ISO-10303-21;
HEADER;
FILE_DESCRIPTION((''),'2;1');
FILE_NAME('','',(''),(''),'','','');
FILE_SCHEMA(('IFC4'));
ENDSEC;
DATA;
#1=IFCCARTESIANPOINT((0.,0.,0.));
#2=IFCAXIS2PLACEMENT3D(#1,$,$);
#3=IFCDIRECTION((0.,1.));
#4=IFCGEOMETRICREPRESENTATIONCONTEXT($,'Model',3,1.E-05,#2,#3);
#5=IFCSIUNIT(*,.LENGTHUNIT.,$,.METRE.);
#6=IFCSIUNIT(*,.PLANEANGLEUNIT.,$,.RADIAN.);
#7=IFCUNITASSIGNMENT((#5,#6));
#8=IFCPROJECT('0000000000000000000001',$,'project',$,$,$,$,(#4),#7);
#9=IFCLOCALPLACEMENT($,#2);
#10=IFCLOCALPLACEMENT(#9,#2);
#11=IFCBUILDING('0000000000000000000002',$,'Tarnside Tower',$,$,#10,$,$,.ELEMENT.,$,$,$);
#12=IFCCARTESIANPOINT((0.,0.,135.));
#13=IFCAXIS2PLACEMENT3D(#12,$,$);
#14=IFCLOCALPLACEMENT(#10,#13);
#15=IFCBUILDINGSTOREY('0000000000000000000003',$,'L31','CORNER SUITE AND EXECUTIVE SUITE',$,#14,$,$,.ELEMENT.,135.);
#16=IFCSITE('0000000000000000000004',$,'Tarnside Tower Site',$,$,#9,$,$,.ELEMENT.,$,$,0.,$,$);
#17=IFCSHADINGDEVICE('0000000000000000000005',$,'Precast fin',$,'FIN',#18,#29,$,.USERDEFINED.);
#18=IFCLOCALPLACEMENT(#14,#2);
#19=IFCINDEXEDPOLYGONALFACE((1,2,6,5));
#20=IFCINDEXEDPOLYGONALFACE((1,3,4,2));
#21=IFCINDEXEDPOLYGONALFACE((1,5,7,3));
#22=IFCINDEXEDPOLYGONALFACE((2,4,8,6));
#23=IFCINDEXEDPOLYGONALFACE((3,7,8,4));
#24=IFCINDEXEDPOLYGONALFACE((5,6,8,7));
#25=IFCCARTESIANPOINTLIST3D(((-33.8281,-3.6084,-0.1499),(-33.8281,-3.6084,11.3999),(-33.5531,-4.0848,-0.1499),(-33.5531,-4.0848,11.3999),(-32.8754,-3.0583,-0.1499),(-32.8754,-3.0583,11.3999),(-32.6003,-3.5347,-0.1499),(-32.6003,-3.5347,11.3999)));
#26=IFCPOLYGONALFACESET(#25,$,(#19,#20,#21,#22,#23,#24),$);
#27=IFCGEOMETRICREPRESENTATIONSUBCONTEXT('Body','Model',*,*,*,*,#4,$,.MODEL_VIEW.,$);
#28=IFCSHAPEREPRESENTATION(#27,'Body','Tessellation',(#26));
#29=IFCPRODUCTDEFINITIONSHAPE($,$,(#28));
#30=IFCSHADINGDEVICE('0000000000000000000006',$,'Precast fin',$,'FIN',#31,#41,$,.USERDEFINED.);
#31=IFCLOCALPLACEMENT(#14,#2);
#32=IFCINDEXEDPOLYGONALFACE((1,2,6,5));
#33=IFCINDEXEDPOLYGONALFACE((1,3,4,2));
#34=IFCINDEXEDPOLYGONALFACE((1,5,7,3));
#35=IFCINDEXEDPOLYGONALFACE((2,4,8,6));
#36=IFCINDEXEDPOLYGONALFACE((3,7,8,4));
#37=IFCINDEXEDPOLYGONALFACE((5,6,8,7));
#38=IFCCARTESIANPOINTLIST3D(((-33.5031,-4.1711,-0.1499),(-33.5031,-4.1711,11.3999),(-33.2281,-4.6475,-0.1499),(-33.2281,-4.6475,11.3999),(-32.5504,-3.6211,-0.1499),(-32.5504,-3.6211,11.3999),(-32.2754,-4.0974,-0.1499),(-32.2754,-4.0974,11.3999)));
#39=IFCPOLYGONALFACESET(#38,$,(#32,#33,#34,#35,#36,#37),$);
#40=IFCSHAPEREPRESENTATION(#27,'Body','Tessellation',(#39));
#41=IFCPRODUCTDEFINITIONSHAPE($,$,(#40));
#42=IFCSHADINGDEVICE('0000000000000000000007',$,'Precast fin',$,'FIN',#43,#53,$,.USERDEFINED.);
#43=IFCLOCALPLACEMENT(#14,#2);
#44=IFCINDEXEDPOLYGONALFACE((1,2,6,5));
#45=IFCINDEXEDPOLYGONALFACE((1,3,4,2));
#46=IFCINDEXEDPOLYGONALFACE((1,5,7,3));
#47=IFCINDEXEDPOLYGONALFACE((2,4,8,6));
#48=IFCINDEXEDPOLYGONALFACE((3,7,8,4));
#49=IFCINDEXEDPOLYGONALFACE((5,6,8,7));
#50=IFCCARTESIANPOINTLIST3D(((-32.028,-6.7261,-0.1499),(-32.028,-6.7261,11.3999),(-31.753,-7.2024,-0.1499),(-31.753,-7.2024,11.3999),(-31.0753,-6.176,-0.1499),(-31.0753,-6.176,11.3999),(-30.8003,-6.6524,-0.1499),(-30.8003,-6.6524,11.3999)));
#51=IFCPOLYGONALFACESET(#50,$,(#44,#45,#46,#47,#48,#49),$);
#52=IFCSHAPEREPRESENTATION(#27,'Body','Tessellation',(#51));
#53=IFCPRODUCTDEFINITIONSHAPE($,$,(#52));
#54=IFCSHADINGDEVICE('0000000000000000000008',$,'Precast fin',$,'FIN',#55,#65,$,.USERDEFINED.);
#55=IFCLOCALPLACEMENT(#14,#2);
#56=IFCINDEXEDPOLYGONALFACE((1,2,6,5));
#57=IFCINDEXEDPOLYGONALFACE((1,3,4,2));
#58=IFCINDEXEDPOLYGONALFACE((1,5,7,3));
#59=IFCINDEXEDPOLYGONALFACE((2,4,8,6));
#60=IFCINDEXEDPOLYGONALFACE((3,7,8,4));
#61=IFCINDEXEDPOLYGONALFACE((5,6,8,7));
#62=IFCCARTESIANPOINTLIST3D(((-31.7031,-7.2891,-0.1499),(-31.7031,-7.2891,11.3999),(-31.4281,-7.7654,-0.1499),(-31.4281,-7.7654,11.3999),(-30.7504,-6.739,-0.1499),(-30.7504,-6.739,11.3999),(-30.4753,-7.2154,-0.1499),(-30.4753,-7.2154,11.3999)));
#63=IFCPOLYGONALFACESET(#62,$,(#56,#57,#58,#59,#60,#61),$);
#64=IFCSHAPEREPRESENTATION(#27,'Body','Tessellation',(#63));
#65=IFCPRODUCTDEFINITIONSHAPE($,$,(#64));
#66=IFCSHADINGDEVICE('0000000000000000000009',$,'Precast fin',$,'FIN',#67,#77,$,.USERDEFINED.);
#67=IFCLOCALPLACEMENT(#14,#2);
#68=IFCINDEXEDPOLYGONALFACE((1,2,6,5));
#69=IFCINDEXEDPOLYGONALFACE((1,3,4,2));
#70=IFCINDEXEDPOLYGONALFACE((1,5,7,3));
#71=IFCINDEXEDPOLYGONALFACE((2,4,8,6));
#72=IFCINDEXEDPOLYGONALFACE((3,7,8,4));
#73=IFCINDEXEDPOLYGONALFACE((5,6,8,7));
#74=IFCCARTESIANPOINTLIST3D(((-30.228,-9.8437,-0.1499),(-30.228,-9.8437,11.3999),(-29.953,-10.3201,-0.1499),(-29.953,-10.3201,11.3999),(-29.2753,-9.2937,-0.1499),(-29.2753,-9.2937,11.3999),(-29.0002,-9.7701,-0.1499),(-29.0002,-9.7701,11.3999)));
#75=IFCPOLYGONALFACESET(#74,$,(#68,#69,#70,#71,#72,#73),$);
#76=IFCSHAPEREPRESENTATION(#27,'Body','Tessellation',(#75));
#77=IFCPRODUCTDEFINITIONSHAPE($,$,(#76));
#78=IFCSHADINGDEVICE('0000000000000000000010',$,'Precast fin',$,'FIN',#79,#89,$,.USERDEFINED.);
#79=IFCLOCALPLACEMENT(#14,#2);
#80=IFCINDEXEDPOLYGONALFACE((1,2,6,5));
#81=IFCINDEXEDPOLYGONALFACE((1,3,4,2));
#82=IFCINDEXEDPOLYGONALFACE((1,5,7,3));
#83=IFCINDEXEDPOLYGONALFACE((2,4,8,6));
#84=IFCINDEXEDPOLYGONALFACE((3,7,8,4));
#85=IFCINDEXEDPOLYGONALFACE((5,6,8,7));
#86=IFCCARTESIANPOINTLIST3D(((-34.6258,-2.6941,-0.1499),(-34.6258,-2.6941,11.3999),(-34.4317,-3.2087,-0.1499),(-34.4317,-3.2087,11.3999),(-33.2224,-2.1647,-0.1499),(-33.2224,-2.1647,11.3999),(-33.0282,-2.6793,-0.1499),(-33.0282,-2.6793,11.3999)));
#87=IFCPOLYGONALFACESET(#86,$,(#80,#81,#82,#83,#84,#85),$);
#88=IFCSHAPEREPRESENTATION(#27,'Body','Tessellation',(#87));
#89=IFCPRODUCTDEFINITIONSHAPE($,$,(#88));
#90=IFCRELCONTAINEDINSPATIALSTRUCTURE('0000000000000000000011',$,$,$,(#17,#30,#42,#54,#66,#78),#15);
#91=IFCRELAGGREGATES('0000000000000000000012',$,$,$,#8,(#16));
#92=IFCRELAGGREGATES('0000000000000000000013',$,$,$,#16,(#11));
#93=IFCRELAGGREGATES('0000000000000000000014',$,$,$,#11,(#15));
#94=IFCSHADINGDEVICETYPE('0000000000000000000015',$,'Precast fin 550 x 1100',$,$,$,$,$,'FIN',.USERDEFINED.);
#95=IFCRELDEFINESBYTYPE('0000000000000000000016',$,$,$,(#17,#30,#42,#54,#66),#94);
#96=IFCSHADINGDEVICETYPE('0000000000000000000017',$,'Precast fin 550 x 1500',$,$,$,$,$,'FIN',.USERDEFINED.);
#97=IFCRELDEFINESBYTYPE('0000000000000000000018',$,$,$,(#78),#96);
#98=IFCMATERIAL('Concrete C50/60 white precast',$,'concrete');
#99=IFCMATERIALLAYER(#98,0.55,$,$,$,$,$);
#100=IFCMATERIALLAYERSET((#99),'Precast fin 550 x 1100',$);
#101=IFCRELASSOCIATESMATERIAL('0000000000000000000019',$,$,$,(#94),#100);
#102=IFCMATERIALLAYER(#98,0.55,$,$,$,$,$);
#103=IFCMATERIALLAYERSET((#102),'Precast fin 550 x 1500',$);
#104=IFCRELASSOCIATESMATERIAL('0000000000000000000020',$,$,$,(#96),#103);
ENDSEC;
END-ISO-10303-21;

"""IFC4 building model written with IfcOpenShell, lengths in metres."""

from ifc_helpers import new_model, si_unit, direction, frame, origin, place, context, subcontext, project, spatial, polyline, outline, extrude, material, layer, layer_set, type_object, element, save


model = new_model("IFC4")

# Units and contexts
model_context = context("Model", 3, precision=1e-05, world=origin(), true_north=direction((0.0, 1.0)))
body_context = subcontext(model_context, "Body", "Model", "MODEL_VIEW")
ifc_project = project(units=[si_unit("LENGTHUNIT", "METRE"), si_unit("PLANEANGLEUNIT", "RADIAN")], contexts=[model_context])

# Site, building, storey
site_placement = place(None, origin())
site = spatial("IfcSite", under=ifc_project, at=site_placement, Name="Tarnside Tower Site", CompositionType="ELEMENT", RefElevation=0.0)
building_placement = place(site_placement, origin())
building = spatial("IfcBuilding", under=site, at=building_placement, Name="Tarnside Tower", CompositionType="ELEMENT")
storey_placement = place(building_placement, frame((0.0, 0.0, 135.0)))
storey = spatial("IfcBuildingStorey", under=building, at=storey_placement, Name="L31", Description="CORNER SUITE AND EXECUTIVE SUITE", CompositionType="ELEMENT", Elevation=135.0)

# Shading devices
ifc_material_1 = material(Name="Concrete C50/60 white precast", Category="concrete")
ifc_layer_1 = layer(ifc_material_1, 0.55)
ifc_layer_set_1 = layer_set([ifc_layer_1], Name="Precast fin 550 x 1100")
shading_device_type_1 = type_object("IfcShadingDeviceType", Name="Precast fin 550 x 1100", ElementType="FIN", PredefinedType="USERDEFINED", material=ifc_layer_set_1)
for number, where, z_axis, x_axis, name in (
    (1, (-32.7378, -3.2966, -0.1499), (-0.5, 0.866025, 0.0), (-0.866025, -0.5, 0.0), "Precast fin"),
    (2, (-32.4128, -3.8594, -0.1499), (-0.5, 0.866025, 0.0), (-0.866025, -0.5, 0.0), "Precast fin"),
    (3, (-30.9377, -6.4143, -0.1499), (-0.5, 0.866025, 0.0), (-0.866025, -0.5, 0.0), "Precast fin"),
    (4, (-30.6128, -6.9773, -0.1499), (-0.5, 0.866025, 0.0), (-0.866025, -0.5, 0.0), "Precast fin"),
    (5, (-29.1377, -9.532, -0.1499), (-0.5, 0.866025, 0.0), (-0.866025, -0.5, 0.0), "Precast fin"),
):
    element("IfcShadingDevice", number, at=place(storey_placement, frame(where, z_axis=z_axis, x_axis=x_axis)), inside=storey, type_object=shading_device_type_1, Name=name, ObjectType="FIN", PredefinedType="USERDEFINED", context=body_context, shape_type="SweptSolid", body=[
        extrude(outline(polyline([(0.0, 0.0), (1.1001, 0.0), (1.1001, 11.5498), (0.0, 11.5498), (0.0, 0.0)])), frame((0.0, 0.0, -0.2749)), (0.0, 0.0, 1.0), 0.55),
    ])
ifc_layer_2 = layer(ifc_material_1, 0.55)
ifc_layer_set_2 = layer_set([ifc_layer_2], Name="Precast fin 550 x 1500")
shading_device_type_2 = type_object("IfcShadingDeviceType", Name="Precast fin 550 x 1500", ElementType="FIN", PredefinedType="USERDEFINED", material=ifc_layer_set_2)
shading_device_placement = place(storey_placement, frame((-33.1252, -2.4221, -0.1499), z_axis=(-0.352931, 0.93565, 0.0), x_axis=(-0.93565, -0.352931, 0.0)))
element("IfcShadingDevice", 6, at=shading_device_placement, inside=storey, type_object=shading_device_type_2, Name="Precast fin", ObjectType="FIN", PredefinedType="USERDEFINED", context=body_context, shape_type="SweptSolid", body=[
    extrude(outline(polyline([(0.0, 0.0), (1.5, 0.0), (1.5, 11.5498), (0.0, 11.5498), (0.0, 0.0)])), frame((0.0, 0.0, -0.2749)), (0.0, 0.0, 1.0), 0.55),
])

save(model, "model.ifc")
